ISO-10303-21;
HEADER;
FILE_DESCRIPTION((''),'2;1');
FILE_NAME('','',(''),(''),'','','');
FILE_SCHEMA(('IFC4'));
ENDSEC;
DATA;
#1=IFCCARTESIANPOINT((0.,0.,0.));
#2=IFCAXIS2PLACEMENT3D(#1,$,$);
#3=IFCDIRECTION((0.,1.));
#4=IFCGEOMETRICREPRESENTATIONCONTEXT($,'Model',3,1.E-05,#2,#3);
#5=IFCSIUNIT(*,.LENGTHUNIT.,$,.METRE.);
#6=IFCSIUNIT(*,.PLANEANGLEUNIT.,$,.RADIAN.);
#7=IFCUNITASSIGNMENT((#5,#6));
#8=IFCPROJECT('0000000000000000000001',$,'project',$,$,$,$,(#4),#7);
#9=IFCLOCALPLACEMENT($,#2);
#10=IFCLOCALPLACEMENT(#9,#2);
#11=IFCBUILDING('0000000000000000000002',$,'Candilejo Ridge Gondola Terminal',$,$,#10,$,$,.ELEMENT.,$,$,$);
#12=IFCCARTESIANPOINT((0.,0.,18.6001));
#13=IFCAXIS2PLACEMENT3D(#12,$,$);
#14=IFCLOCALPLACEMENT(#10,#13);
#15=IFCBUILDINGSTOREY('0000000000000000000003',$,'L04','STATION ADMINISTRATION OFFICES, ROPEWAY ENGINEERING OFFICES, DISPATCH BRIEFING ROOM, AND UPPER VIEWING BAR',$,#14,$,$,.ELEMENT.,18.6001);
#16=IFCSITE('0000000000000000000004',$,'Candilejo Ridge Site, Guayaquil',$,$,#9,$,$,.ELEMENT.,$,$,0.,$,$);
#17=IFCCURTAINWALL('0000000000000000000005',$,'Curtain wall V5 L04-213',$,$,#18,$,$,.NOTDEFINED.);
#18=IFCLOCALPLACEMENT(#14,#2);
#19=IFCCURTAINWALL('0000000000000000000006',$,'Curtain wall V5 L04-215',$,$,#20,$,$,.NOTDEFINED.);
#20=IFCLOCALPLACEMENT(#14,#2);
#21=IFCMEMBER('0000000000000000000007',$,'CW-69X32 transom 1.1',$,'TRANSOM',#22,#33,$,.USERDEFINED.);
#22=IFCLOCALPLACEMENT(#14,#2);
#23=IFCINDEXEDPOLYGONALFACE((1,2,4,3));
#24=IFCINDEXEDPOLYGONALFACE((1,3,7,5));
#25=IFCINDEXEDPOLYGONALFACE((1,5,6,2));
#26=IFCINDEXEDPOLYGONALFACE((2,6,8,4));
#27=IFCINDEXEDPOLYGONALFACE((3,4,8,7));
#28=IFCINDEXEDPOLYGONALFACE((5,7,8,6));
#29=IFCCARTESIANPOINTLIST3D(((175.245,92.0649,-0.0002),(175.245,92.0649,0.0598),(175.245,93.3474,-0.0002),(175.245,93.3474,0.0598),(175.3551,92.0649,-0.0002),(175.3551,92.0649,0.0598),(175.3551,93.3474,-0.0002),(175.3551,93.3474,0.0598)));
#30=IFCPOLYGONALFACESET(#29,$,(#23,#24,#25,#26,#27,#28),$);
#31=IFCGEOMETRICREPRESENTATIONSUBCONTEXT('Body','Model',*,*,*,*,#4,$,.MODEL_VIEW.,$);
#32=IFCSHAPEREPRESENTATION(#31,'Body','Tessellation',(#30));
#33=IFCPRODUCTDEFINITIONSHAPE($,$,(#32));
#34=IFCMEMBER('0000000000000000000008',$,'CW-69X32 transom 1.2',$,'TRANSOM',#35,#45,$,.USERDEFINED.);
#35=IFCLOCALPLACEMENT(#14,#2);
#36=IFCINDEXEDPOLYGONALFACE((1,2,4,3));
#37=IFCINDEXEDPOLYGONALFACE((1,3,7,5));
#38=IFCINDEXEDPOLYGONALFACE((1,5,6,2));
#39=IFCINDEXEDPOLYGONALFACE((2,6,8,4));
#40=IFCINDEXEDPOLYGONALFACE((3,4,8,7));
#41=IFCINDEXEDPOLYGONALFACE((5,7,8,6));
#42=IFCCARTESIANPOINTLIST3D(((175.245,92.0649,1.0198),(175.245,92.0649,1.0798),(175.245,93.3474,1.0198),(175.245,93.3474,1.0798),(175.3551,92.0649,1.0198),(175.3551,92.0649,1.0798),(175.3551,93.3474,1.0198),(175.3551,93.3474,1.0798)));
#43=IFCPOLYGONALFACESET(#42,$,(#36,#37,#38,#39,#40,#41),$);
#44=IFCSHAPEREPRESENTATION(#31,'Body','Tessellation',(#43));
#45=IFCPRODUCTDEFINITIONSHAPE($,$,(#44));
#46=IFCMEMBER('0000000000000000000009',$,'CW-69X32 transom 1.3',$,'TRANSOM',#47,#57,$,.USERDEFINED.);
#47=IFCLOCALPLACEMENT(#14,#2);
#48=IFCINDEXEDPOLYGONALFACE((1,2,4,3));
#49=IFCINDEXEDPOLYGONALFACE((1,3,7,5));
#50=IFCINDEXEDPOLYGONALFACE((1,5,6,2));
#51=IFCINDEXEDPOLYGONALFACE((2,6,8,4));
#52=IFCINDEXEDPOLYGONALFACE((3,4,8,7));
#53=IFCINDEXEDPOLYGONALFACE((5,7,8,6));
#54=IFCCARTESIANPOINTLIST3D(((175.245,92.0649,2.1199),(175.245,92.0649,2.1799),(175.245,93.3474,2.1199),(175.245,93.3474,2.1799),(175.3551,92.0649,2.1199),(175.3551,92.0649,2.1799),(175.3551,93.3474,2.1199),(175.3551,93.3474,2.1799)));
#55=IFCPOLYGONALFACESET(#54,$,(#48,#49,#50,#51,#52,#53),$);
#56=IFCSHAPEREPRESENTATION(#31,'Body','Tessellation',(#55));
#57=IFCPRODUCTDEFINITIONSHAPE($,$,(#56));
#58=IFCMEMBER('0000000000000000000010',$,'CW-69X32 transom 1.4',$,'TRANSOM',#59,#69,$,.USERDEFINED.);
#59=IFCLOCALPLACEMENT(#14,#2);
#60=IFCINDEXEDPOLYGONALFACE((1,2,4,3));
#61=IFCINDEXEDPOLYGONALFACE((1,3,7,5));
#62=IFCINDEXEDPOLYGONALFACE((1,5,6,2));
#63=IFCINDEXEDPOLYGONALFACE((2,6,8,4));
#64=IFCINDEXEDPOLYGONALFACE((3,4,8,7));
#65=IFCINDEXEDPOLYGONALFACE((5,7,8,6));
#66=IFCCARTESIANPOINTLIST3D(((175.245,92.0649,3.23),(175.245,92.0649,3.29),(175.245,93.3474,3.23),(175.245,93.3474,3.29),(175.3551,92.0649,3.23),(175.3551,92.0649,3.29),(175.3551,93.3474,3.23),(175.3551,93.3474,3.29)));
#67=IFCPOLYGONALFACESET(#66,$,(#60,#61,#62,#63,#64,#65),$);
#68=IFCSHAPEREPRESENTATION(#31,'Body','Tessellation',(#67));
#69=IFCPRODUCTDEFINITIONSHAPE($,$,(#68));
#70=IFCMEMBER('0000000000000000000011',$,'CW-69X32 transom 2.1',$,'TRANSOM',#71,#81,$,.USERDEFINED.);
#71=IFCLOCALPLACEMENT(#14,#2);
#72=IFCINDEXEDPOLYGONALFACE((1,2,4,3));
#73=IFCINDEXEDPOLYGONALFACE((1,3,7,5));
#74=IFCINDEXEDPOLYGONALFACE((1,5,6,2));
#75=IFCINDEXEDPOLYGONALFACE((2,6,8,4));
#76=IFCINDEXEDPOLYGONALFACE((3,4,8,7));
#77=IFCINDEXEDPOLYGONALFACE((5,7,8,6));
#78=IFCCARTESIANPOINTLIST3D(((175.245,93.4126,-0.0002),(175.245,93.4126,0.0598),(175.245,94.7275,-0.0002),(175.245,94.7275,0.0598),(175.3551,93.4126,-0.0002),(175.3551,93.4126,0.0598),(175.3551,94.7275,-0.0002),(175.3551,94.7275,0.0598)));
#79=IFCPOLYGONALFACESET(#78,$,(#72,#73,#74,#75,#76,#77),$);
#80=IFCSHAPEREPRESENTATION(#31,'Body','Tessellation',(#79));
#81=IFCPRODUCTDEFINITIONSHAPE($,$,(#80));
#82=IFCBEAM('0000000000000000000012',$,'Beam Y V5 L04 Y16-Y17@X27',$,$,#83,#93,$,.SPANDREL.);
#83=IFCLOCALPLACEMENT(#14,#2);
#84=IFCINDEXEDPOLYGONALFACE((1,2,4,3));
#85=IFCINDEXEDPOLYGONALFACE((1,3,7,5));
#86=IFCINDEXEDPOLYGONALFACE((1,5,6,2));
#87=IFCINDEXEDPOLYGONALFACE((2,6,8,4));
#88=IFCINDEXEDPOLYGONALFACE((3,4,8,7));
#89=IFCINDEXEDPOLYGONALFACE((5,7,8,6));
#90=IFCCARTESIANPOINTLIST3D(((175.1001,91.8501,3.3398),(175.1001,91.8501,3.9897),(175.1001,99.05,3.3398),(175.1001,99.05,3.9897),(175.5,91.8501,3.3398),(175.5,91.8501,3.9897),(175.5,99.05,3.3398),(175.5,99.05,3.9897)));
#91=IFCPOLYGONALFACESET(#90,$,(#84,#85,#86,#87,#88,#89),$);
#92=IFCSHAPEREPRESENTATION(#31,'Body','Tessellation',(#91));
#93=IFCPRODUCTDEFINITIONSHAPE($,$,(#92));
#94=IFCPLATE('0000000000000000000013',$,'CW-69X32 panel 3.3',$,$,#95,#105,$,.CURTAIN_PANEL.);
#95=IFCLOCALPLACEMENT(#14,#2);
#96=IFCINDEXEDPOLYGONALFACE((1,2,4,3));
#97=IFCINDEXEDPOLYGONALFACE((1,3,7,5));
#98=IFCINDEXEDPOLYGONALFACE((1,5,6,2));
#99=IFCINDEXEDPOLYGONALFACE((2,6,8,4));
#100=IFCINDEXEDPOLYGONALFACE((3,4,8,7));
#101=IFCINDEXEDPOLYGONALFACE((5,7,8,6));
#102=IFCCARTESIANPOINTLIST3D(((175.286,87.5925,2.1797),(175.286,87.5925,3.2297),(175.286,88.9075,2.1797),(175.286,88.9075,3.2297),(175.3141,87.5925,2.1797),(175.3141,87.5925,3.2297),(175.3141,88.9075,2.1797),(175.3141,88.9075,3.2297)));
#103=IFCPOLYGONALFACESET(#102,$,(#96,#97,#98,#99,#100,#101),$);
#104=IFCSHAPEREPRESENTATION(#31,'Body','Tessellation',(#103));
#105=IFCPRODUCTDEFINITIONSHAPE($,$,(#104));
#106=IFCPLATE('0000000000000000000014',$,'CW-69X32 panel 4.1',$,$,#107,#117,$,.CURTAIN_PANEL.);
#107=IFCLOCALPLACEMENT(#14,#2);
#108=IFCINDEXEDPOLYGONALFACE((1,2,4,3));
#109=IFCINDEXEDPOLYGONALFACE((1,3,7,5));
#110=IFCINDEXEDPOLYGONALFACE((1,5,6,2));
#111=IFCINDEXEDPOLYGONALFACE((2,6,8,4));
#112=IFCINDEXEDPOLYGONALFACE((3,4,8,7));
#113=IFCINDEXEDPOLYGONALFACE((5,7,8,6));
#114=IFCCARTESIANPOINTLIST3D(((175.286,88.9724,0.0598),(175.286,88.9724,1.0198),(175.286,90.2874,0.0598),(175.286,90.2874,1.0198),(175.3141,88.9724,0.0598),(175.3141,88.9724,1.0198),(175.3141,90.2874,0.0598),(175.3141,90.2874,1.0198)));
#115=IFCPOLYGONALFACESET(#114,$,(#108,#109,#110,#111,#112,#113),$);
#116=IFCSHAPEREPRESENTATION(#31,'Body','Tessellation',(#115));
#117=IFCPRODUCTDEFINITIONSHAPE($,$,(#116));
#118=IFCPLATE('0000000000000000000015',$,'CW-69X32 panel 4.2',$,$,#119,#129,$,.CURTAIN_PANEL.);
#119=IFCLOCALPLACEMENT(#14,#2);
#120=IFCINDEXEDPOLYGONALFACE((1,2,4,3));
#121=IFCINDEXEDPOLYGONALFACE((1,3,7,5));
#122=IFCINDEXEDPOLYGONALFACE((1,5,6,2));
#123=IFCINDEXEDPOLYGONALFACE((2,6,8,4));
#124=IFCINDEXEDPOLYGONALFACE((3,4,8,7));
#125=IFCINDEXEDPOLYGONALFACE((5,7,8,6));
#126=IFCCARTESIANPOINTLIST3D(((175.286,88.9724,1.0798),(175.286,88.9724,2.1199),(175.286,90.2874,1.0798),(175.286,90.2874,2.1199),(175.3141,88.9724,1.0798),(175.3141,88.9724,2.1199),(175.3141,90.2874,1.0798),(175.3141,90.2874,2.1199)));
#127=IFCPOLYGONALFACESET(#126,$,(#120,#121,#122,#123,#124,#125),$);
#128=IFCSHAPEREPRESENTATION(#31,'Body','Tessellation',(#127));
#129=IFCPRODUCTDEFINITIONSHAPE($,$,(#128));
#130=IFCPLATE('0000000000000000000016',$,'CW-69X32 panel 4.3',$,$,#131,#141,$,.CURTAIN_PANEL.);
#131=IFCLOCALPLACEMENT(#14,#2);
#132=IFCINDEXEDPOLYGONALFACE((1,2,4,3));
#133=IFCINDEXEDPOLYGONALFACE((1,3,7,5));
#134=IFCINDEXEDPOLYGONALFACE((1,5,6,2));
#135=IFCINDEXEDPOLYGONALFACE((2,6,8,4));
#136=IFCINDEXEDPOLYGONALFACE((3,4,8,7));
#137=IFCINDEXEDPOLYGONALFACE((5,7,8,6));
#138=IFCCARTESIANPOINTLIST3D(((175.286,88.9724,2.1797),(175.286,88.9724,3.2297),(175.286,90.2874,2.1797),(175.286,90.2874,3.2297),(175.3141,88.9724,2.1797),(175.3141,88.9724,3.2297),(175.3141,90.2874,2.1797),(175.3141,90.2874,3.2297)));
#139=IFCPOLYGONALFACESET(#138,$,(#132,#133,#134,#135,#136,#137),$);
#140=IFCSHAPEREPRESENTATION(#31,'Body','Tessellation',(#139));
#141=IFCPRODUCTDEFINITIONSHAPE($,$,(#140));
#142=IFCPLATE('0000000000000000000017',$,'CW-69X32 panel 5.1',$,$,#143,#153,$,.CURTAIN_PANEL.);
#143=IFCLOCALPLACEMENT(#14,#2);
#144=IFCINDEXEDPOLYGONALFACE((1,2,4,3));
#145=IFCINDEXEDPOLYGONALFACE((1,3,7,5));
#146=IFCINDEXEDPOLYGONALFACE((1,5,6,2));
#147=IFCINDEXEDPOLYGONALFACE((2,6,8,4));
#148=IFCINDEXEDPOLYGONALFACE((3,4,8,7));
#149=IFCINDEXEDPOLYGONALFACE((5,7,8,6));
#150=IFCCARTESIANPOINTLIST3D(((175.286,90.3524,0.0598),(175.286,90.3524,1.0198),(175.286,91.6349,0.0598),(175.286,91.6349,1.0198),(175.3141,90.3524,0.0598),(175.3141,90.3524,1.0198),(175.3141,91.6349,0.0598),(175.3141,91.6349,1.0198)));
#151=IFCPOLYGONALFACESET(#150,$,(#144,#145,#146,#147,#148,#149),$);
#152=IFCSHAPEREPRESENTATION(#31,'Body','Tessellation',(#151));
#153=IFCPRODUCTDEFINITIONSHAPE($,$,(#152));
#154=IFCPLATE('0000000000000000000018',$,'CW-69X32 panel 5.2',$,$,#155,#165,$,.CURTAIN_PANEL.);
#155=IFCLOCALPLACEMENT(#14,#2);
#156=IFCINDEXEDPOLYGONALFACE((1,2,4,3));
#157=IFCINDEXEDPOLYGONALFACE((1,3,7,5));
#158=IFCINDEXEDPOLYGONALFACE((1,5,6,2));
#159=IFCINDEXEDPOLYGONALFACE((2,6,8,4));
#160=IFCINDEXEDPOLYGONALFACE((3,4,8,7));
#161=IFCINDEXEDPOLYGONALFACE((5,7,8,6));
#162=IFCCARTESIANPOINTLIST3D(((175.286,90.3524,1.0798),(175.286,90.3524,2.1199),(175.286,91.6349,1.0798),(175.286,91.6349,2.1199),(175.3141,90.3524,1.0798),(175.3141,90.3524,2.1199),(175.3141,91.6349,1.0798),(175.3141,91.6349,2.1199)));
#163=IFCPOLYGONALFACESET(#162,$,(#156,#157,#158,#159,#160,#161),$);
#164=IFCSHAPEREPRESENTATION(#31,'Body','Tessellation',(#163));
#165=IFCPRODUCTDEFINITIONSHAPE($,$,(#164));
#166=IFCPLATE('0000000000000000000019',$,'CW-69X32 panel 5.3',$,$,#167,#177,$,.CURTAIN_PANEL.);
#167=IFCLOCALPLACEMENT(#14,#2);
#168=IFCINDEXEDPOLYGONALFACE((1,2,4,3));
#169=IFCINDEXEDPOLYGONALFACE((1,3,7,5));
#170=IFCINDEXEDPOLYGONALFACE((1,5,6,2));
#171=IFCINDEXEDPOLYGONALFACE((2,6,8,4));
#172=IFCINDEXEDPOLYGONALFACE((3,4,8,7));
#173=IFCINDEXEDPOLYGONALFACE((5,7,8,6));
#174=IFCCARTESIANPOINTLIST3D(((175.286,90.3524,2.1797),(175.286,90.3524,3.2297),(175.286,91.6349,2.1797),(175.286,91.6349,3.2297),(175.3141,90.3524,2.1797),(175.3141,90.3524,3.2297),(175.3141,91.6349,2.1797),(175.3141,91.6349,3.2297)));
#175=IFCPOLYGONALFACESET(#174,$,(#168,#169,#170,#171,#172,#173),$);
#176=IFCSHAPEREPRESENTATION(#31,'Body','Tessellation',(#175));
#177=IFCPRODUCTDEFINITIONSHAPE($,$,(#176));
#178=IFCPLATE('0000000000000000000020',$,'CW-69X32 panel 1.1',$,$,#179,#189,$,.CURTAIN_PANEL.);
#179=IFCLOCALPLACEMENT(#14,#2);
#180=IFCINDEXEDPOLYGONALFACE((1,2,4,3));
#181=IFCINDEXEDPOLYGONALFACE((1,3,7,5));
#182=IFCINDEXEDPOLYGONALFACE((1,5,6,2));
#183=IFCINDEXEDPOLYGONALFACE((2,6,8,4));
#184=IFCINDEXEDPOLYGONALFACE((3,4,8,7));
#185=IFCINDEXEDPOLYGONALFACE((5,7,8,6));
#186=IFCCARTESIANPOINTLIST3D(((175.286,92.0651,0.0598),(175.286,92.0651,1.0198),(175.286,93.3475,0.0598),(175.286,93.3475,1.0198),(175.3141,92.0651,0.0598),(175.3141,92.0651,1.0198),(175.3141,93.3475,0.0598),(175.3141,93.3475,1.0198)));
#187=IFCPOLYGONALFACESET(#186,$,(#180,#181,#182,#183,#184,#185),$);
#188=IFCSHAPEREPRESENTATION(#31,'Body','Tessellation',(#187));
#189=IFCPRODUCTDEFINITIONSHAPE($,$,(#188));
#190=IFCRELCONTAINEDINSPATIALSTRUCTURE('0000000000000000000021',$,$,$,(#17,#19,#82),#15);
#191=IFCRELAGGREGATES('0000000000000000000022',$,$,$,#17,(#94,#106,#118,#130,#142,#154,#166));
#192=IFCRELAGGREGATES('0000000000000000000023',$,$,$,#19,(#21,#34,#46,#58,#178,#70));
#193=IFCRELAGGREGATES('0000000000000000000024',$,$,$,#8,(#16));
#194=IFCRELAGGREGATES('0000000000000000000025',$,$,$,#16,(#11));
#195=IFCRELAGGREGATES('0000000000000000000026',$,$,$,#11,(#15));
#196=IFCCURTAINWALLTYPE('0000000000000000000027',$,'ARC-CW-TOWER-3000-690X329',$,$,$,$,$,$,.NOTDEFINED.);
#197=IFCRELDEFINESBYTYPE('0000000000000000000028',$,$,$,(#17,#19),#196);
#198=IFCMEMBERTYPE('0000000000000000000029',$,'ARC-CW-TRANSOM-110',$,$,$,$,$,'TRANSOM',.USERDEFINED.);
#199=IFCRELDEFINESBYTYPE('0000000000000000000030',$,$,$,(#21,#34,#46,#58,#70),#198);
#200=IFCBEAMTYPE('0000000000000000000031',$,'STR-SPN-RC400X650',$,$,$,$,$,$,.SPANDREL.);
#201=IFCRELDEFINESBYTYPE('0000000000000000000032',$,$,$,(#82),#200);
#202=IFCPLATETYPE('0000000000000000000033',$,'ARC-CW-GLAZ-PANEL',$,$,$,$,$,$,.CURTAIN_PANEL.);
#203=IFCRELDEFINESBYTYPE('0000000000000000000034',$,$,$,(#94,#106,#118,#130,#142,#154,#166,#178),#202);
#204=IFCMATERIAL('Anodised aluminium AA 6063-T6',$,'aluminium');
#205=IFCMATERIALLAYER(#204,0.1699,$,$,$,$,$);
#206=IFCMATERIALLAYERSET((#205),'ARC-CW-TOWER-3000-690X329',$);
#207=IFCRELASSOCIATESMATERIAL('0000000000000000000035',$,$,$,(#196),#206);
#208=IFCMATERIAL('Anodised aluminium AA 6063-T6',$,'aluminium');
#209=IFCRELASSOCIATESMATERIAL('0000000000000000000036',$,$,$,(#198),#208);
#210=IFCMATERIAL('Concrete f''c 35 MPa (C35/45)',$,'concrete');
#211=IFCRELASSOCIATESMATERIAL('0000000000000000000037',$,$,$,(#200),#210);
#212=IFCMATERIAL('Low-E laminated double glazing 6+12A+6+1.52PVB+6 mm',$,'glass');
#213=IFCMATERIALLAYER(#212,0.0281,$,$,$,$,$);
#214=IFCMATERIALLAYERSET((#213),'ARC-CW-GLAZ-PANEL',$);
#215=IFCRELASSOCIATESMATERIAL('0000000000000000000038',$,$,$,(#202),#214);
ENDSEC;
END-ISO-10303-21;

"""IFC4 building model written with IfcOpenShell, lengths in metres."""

from ifc_helpers import new_model, si_unit, direction, frame, origin, origin_2d, place, context, subcontext, project, spatial, rectangle, extrude, material, layer, layer_set, material_profile, profile_set, type_object, element, aggregate, save


model = new_model("IFC4")

# Units and contexts
model_context = context("Model", 3, precision=1e-05, world=origin(), true_north=direction((0.0, 1.0)))
body_context = subcontext(model_context, "Body", "Model", "MODEL_VIEW")
ifc_project = project(units=[si_unit("LENGTHUNIT", "METRE"), si_unit("PLANEANGLEUNIT", "RADIAN")], contexts=[model_context])

# Site, building, storey
site_placement = place(None, origin())
site = spatial("IfcSite", under=ifc_project, at=site_placement, Name="Candilejo Ridge Site, Guayaquil", CompositionType="ELEMENT", RefElevation=0.0)
building_placement = place(site_placement, origin())
building = spatial("IfcBuilding", under=site, at=building_placement, Name="Candilejo Ridge Gondola Terminal", CompositionType="ELEMENT")
storey_placement = place(building_placement, frame((0.0, 0.0, 18.6001)))
storey = spatial("IfcBuildingStorey", under=building, at=storey_placement, Name="L04", Description="STATION ADMINISTRATION OFFICES, ROPEWAY ENGINEERING OFFICES, DISPATCH BRIEFING ROOM, AND UPPER VIEWING BAR", CompositionType="ELEMENT", Elevation=18.6001)

# Curtain walls
ifc_material_1 = material(Name="Anodised aluminium AA 6063-T6", Category="aluminium")
ifc_layer_1 = layer(ifc_material_1, 0.1699)
ifc_layer_set_1 = layer_set([ifc_layer_1], Name="ARC-CW-TOWER-3000-690X329")
curtain_wall_type = type_object("IfcCurtainWallType", Name="ARC-CW-TOWER-3000-690X329", PredefinedType="NOTDEFINED", material=ifc_layer_set_1)
curtain_wall_1_placement = place(storey_placement, origin())
curtain_wall_1 = element("IfcCurtainWall", 1, at=curtain_wall_1_placement, inside=storey, type_object=curtain_wall_type, Name="Curtain wall V5 L04-213", PredefinedType="NOTDEFINED")
curtain_wall_2_placement = place(storey_placement, origin())
curtain_wall_2 = element("IfcCurtainWall", 2, at=curtain_wall_2_placement, inside=storey, type_object=curtain_wall_type, Name="Curtain wall V5 L04-215", PredefinedType="NOTDEFINED")

# Members
ifc_material_2 = material(Name="Anodised aluminium AA 6063-T6", Category="aluminium")
ifc_material_profile_1 = material_profile(ifc_material_2, rectangle(XDim=0.1101, YDim=0.0601, at=origin_2d()))
ifc_profile_set_1 = profile_set([ifc_material_profile_1], Name="Anodised aluminium AA 6063-T6")
member_type_1 = type_object("IfcMemberType", Name="ARC-CW-TRANSOM-110", ElementType="TRANSOM", PredefinedType="USERDEFINED", material=ifc_profile_set_1)
member_1_placement = place(storey_placement, frame((175.3, 92.0649, 0.0298), z_axis=(0.0, 1.0, 0.0), x_axis=(-1.0, 0.0, 0.0)))
member_1 = element("IfcMember", 3, at=member_1_placement, type_object=member_type_1, Name="CW-69X32 transom 1.1", ObjectType="TRANSOM", PredefinedType="USERDEFINED", context=body_context, shape_type="SweptSolid", body=[
    extrude(rectangle(XDim=0.1101, YDim=0.0601, at=origin_2d()), origin(), (0.0, 0.0, 1.0), 1.2825),
])
member_2_placement = place(storey_placement, frame((175.3, 92.0649, 1.0498), z_axis=(0.0, 1.0, 0.0), x_axis=(-1.0, 0.0, 0.0)))
member_2 = element("IfcMember", 4, at=member_2_placement, type_object=member_type_1, Name="CW-69X32 transom 1.2", ObjectType="TRANSOM", PredefinedType="USERDEFINED", context=body_context, shape_type="SweptSolid", body=[
    extrude(rectangle(XDim=0.1101, YDim=0.0601, at=origin_2d()), origin(), (0.0, 0.0, 1.0), 1.2825),
])
member_3_placement = place(storey_placement, frame((175.3, 92.0649, 2.1499), z_axis=(0.0, 1.0, 0.0), x_axis=(-1.0, 0.0, 0.0)))
member_3 = element("IfcMember", 5, at=member_3_placement, type_object=member_type_1, Name="CW-69X32 transom 1.3", ObjectType="TRANSOM", PredefinedType="USERDEFINED", context=body_context, shape_type="SweptSolid", body=[
    extrude(rectangle(XDim=0.1101, YDim=0.0601, at=origin_2d()), origin(), (0.0, 0.0, 1.0), 1.2825),
])
member_4_placement = place(storey_placement, frame((175.3, 92.0649, 3.26), z_axis=(0.0, 1.0, 0.0), x_axis=(-1.0, 0.0, 0.0)))
member_4 = element("IfcMember", 6, at=member_4_placement, type_object=member_type_1, Name="CW-69X32 transom 1.4", ObjectType="TRANSOM", PredefinedType="USERDEFINED", context=body_context, shape_type="SweptSolid", body=[
    extrude(rectangle(XDim=0.1101, YDim=0.0601, at=origin_2d()), origin(), (0.0, 0.0, 1.0), 1.2825),
])
member_5_placement = place(storey_placement, frame((175.3, 93.4126, 0.0298), z_axis=(0.0, 1.0, 0.0), x_axis=(-1.0, 0.0, 0.0)))
member_5 = element("IfcMember", 7, at=member_5_placement, type_object=member_type_1, Name="CW-69X32 transom 2.1", ObjectType="TRANSOM", PredefinedType="USERDEFINED", context=body_context, shape_type="SweptSolid", body=[
    extrude(rectangle(XDim=0.1101, YDim=0.0601, at=origin_2d()), origin(), (0.0, 0.0, 1.0), 1.3149),
])

# Beam
ifc_material_3 = material(Name="Concrete f'c 35 MPa (C35/45)", Category="concrete")
ifc_material_profile_2 = material_profile(ifc_material_3, rectangle(XDim=0.3999, YDim=0.6499, at=origin_2d()))
ifc_profile_set_2 = profile_set([ifc_material_profile_2], Name="Concrete f'c 35 MPa (C35/45)")
beam_type = type_object("IfcBeamType", Name="STR-SPN-RC400X650", PredefinedType="SPANDREL", material=ifc_profile_set_2)
beam_placement = place(storey_placement, frame((175.3, 91.8501, 3.6648), z_axis=(0.0, 1.0, 0.0), x_axis=(-1.0, 0.0, 0.0)))
element("IfcBeam", 8, at=beam_placement, inside=storey, type_object=beam_type, Name="Beam Y V5 L04 Y16-Y17@X27", PredefinedType="SPANDREL", context=body_context, shape_type="SweptSolid", body=[
    extrude(rectangle(XDim=0.3999, YDim=0.6499, at=origin_2d()), origin(), (0.0, 0.0, 1.0), 7.2),
])

# Plates
ifc_material_4 = material(Name="Low-E laminated double glazing 6+12A+6+1.52PVB+6 mm", Category="glass")
ifc_layer_2 = layer(ifc_material_4, 0.0281)
ifc_layer_set_2 = layer_set([ifc_layer_2], Name="ARC-CW-GLAZ-PANEL")
plate_type = type_object("IfcPlateType", Name="ARC-CW-GLAZ-PANEL", PredefinedType="CURTAIN_PANEL", material=ifc_layer_set_2)
plate_1_placement = place(storey_placement, frame((175.3, 88.25, 2.1797), z_axis=(0.0, 0.0, 1.0), x_axis=(0.0, 1.0, 0.0)))
plate_1 = element("IfcPlate", 9, at=plate_1_placement, type_object=plate_type, Name="CW-69X32 panel 3.3", PredefinedType="CURTAIN_PANEL", context=body_context, shape_type="SweptSolid", body=[
    extrude(rectangle(XDim=1.3149, YDim=0.0281, at=origin_2d()), origin(), (0.0, 0.0, 1.0), 1.05),
])
plate_2_placement = place(storey_placement, frame((175.3, 89.6299, 0.0598), z_axis=(0.0, 0.0, 1.0), x_axis=(0.0, 1.0, 0.0)))
plate_2 = element("IfcPlate", 10, at=plate_2_placement, type_object=plate_type, Name="CW-69X32 panel 4.1", PredefinedType="CURTAIN_PANEL", context=body_context, shape_type="SweptSolid", body=[
    extrude(rectangle(XDim=1.3149, YDim=0.0281, at=origin_2d()), origin(), (0.0, 0.0, 1.0), 0.96),
])
plate_3_placement = place(storey_placement, frame((175.3, 89.6299, 1.0798), z_axis=(0.0, 0.0, 1.0), x_axis=(0.0, 1.0, 0.0)))
plate_3 = element("IfcPlate", 11, at=plate_3_placement, type_object=plate_type, Name="CW-69X32 panel 4.2", PredefinedType="CURTAIN_PANEL", context=body_context, shape_type="SweptSolid", body=[
    extrude(rectangle(XDim=1.3149, YDim=0.0281, at=origin_2d()), origin(), (0.0, 0.0, 1.0), 1.04),
])
plate_4_placement = place(storey_placement, frame((175.3, 89.6299, 2.1797), z_axis=(0.0, 0.0, 1.0), x_axis=(0.0, 1.0, 0.0)))
plate_4 = element("IfcPlate", 12, at=plate_4_placement, type_object=plate_type, Name="CW-69X32 panel 4.3", PredefinedType="CURTAIN_PANEL", context=body_context, shape_type="SweptSolid", body=[
    extrude(rectangle(XDim=1.3149, YDim=0.0281, at=origin_2d()), origin(), (0.0, 0.0, 1.0), 1.05),
])
plate_5_placement = place(storey_placement, frame((175.3, 90.9937, 0.0598), z_axis=(0.0, 0.0, 1.0), x_axis=(0.0, 1.0, 0.0)))
plate_5 = element("IfcPlate", 13, at=plate_5_placement, type_object=plate_type, Name="CW-69X32 panel 5.1", PredefinedType="CURTAIN_PANEL", context=body_context, shape_type="SweptSolid", body=[
    extrude(rectangle(XDim=1.2825, YDim=0.0281, at=origin_2d()), origin(), (0.0, 0.0, 1.0), 0.96),
])
plate_6_placement = place(storey_placement, frame((175.3, 90.9937, 1.0798), z_axis=(0.0, 0.0, 1.0), x_axis=(0.0, 1.0, 0.0)))
plate_6 = element("IfcPlate", 14, at=plate_6_placement, type_object=plate_type, Name="CW-69X32 panel 5.2", PredefinedType="CURTAIN_PANEL", context=body_context, shape_type="SweptSolid", body=[
    extrude(rectangle(XDim=1.2825, YDim=0.0281, at=origin_2d()), origin(), (0.0, 0.0, 1.0), 1.04),
])
plate_7_placement = place(storey_placement, frame((175.3, 90.9937, 2.1797), z_axis=(0.0, 0.0, 1.0), x_axis=(0.0, 1.0, 0.0)))
plate_7 = element("IfcPlate", 15, at=plate_7_placement, type_object=plate_type, Name="CW-69X32 panel 5.3", PredefinedType="CURTAIN_PANEL", context=body_context, shape_type="SweptSolid", body=[
    extrude(rectangle(XDim=1.2825, YDim=0.0281, at=origin_2d()), origin(), (0.0, 0.0, 1.0), 1.05),
])
aggregate(curtain_wall_1, [plate_1, plate_2, plate_3, plate_4, plate_5, plate_6, plate_7])
plate_8_placement = place(storey_placement, frame((175.3, 92.7063, 0.0598), z_axis=(0.0, 0.0, 1.0), x_axis=(0.0, 1.0, 0.0)))
plate_8 = element("IfcPlate", 16, at=plate_8_placement, type_object=plate_type, Name="CW-69X32 panel 1.1", PredefinedType="CURTAIN_PANEL", context=body_context, shape_type="SweptSolid", body=[
    extrude(rectangle(XDim=1.2825, YDim=0.0281, at=origin_2d()), origin(), (0.0, 0.0, 1.0), 0.96),
])
aggregate(curtain_wall_2, [member_1, member_2, member_3, member_4, plate_8, member_5])

save(model, "model.ifc")
